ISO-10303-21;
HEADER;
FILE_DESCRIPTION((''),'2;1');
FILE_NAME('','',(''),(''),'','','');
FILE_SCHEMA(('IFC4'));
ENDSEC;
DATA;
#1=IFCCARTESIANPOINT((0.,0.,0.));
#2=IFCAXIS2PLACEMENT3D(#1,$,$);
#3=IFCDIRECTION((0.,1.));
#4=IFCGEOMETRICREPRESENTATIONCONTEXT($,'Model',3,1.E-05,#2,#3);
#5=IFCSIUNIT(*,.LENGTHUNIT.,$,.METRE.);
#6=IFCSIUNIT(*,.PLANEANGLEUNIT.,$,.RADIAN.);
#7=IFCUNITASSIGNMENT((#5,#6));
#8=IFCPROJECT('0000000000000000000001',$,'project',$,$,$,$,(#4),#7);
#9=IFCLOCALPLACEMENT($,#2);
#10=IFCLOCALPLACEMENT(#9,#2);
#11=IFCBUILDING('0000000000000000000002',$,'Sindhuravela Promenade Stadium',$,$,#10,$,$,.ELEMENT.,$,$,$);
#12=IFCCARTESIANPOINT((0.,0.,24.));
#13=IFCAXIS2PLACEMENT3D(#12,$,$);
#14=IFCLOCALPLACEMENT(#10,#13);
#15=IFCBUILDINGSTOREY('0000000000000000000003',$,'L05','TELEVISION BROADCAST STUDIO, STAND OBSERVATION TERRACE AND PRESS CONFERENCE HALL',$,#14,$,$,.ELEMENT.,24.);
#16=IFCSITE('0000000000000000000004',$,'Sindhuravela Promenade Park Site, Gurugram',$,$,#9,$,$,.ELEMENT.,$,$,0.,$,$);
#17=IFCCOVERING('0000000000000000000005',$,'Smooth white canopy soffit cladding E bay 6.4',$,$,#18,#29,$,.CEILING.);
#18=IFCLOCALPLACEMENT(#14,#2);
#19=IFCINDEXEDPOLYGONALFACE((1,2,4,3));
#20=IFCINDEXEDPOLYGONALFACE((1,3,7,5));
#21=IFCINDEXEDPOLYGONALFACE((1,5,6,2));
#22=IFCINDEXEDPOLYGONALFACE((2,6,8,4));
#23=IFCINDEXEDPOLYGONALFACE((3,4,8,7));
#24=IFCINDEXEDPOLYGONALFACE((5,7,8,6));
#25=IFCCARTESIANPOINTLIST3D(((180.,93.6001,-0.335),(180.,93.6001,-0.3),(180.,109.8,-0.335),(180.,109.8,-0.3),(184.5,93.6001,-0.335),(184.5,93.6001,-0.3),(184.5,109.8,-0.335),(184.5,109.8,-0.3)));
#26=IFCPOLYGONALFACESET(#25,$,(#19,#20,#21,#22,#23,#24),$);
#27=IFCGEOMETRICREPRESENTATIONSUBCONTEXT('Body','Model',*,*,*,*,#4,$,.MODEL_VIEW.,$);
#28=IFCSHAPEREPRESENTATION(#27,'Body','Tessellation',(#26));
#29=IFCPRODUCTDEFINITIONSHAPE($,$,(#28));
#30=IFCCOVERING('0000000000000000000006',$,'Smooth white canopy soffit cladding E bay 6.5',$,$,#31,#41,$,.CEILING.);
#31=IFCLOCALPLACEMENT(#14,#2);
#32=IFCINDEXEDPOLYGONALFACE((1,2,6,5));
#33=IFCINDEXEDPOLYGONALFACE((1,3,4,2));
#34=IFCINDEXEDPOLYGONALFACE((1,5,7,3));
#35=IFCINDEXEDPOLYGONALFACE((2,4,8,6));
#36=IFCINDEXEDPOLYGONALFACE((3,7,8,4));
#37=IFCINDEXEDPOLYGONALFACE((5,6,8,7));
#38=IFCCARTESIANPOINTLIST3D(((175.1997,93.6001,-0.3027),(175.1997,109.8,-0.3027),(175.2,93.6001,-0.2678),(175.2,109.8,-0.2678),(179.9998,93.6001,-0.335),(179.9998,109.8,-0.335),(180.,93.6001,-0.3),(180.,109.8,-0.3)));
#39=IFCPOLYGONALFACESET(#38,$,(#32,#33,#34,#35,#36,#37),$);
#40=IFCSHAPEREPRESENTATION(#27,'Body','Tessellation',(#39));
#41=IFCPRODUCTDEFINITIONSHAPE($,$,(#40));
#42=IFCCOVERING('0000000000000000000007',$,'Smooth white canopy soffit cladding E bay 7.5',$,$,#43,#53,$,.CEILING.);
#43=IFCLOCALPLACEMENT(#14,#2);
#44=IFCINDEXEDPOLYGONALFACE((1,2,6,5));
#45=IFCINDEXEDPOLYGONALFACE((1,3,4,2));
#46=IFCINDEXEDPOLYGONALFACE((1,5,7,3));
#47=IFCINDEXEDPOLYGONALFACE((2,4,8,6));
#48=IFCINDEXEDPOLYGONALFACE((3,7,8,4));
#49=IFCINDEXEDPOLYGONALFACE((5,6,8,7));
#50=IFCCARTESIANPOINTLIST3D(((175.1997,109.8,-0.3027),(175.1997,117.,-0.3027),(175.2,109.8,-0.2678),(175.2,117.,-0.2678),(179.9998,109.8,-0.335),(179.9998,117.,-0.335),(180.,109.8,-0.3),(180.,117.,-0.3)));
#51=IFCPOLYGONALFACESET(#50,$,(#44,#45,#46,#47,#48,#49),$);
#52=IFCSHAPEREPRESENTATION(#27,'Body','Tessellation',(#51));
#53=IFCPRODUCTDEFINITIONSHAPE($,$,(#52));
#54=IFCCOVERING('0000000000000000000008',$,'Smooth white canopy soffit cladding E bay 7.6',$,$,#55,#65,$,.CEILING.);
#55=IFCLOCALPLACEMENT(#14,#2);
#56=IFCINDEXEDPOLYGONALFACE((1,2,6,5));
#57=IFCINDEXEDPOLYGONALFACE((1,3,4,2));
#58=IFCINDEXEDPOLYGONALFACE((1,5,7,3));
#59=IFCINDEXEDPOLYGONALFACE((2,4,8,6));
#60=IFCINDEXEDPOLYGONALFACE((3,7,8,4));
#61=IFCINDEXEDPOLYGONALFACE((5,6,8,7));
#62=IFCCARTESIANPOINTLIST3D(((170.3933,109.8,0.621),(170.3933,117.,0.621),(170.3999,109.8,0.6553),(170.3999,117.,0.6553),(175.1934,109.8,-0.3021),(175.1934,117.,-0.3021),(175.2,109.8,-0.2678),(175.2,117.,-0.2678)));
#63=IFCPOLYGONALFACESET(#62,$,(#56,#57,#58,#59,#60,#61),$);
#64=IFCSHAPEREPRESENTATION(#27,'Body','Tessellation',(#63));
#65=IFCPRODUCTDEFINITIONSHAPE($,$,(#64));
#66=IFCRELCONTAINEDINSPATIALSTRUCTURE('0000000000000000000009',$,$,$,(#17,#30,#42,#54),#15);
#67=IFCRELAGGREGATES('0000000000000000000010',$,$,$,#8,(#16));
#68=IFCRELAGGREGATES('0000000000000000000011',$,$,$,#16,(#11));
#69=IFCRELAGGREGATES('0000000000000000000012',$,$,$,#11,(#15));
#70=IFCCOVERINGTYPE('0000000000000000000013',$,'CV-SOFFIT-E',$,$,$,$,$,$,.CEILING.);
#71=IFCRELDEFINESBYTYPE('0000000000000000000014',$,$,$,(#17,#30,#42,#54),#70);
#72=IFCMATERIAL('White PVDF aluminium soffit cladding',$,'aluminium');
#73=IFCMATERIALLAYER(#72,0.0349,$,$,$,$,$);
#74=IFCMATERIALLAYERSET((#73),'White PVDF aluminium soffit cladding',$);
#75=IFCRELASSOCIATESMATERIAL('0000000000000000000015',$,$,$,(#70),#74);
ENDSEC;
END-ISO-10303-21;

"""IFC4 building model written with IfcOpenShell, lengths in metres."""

from ifc_helpers import new_model, si_unit, direction, frame, origin, place, context, subcontext, project, spatial, polyline, outline, extrude, material, layer, layer_set, type_object, element, save


model = new_model("IFC4")

# Units and contexts
model_context = context("Model", 3, precision=1e-05, world=origin(), true_north=direction((0.0, 1.0)))
body_context = subcontext(model_context, "Body", "Model", "MODEL_VIEW")
ifc_project = project(units=[si_unit("LENGTHUNIT", "METRE"), si_unit("PLANEANGLEUNIT", "RADIAN")], contexts=[model_context])

# Site, building, storey
site_placement = place(None, origin())
site = spatial("IfcSite", under=ifc_project, at=site_placement, Name="Sindhuravela Promenade Park Site, Gurugram", CompositionType="ELEMENT", RefElevation=0.0)
building_placement = place(site_placement, origin())
building = spatial("IfcBuilding", under=site, at=building_placement, Name="Sindhuravela Promenade Stadium", CompositionType="ELEMENT")
storey_placement = place(building_placement, frame((0.0, 0.0, 24.0)))
storey = spatial("IfcBuildingStorey", under=building, at=storey_placement, Name="L05", Description="TELEVISION BROADCAST STUDIO, STAND OBSERVATION TERRACE AND PRESS CONFERENCE HALL", CompositionType="ELEMENT", Elevation=24.0)

# Coverings
ifc_material_1 = material(Name="White PVDF aluminium soffit cladding", Category="aluminium")
ifc_layer_1 = layer(ifc_material_1, 0.0349)
ifc_layer_set_1 = layer_set([ifc_layer_1], Name="White PVDF aluminium soffit cladding")
covering_type_1 = type_object("IfcCoveringType", Name="CV-SOFFIT-E", PredefinedType="CEILING", material=ifc_layer_set_1)
covering_1_placement = place(storey_placement, frame((184.5, 93.6001, -0.3), z_axis=(0.0, 0.0, 1.0), x_axis=(0.0, 1.0, 0.0)))
element("IfcCovering", 1, at=covering_1_placement, inside=storey, type_object=covering_type_1, Name="Smooth white canopy soffit cladding E bay 6.4", PredefinedType="CEILING", context=body_context, shape_type="SweptSolid", body=[
    extrude(outline(polyline([(0.0, 0.0), (16.2, 0.0), (16.2, 4.5), (0.0, 4.5), (0.0, 0.0)])), origin(), (0.0, 0.0, -1.0), 0.0349),
])
covering_2_placement = place(storey_placement, frame((180.0, 93.6001, -0.3), z_axis=(0.006714, 0.0, 0.999977), x_axis=(0.0, 1.0, 0.0)))
element("IfcCovering", 2, at=covering_2_placement, inside=storey, type_object=covering_type_1, Name="Smooth white canopy soffit cladding E bay 6.5", PredefinedType="CEILING", context=body_context, shape_type="SweptSolid", body=[
    extrude(outline(polyline([(0.0, 0.0), (16.2, 0.0), (16.2, 4.8002), (0.0, 4.8002), (0.0, 0.0)])), origin(), (0.0, 0.0, -1.0), 0.0349),
])
covering_3_placement = place(storey_placement, frame((180.0, 109.8, -0.3), z_axis=(0.006714, 0.0, 0.999977), x_axis=(0.0, 1.0, 0.0)))
element("IfcCovering", 3, at=covering_3_placement, inside=storey, type_object=covering_type_1, Name="Smooth white canopy soffit cladding E bay 7.5", PredefinedType="CEILING", context=body_context, shape_type="SweptSolid", body=[
    extrude(outline(polyline([(0.0, 0.0), (7.2, 0.0), (7.2, 4.8002), (0.0, 4.8002), (0.0, 0.0)])), origin(), (0.0, 0.0, -1.0), 0.0349),
])
covering_4_placement = place(storey_placement, frame((175.2, 109.8, -0.2678), z_axis=(0.188849, 0.0, 0.982006), x_axis=(0.0, 1.0, 0.0)))
element("IfcCovering", 4, at=covering_4_placement, inside=storey, type_object=covering_type_1, Name="Smooth white canopy soffit cladding E bay 7.6", PredefinedType="CEILING", context=body_context, shape_type="SweptSolid", body=[
    extrude(outline(polyline([(0.0, 0.0), (7.2, 0.0), (7.2, 4.888), (0.0, 4.888), (0.0, 0.0)])), origin(), (0.0, 0.0, -1.0), 0.0349),
])

save(model, "model.ifc")
